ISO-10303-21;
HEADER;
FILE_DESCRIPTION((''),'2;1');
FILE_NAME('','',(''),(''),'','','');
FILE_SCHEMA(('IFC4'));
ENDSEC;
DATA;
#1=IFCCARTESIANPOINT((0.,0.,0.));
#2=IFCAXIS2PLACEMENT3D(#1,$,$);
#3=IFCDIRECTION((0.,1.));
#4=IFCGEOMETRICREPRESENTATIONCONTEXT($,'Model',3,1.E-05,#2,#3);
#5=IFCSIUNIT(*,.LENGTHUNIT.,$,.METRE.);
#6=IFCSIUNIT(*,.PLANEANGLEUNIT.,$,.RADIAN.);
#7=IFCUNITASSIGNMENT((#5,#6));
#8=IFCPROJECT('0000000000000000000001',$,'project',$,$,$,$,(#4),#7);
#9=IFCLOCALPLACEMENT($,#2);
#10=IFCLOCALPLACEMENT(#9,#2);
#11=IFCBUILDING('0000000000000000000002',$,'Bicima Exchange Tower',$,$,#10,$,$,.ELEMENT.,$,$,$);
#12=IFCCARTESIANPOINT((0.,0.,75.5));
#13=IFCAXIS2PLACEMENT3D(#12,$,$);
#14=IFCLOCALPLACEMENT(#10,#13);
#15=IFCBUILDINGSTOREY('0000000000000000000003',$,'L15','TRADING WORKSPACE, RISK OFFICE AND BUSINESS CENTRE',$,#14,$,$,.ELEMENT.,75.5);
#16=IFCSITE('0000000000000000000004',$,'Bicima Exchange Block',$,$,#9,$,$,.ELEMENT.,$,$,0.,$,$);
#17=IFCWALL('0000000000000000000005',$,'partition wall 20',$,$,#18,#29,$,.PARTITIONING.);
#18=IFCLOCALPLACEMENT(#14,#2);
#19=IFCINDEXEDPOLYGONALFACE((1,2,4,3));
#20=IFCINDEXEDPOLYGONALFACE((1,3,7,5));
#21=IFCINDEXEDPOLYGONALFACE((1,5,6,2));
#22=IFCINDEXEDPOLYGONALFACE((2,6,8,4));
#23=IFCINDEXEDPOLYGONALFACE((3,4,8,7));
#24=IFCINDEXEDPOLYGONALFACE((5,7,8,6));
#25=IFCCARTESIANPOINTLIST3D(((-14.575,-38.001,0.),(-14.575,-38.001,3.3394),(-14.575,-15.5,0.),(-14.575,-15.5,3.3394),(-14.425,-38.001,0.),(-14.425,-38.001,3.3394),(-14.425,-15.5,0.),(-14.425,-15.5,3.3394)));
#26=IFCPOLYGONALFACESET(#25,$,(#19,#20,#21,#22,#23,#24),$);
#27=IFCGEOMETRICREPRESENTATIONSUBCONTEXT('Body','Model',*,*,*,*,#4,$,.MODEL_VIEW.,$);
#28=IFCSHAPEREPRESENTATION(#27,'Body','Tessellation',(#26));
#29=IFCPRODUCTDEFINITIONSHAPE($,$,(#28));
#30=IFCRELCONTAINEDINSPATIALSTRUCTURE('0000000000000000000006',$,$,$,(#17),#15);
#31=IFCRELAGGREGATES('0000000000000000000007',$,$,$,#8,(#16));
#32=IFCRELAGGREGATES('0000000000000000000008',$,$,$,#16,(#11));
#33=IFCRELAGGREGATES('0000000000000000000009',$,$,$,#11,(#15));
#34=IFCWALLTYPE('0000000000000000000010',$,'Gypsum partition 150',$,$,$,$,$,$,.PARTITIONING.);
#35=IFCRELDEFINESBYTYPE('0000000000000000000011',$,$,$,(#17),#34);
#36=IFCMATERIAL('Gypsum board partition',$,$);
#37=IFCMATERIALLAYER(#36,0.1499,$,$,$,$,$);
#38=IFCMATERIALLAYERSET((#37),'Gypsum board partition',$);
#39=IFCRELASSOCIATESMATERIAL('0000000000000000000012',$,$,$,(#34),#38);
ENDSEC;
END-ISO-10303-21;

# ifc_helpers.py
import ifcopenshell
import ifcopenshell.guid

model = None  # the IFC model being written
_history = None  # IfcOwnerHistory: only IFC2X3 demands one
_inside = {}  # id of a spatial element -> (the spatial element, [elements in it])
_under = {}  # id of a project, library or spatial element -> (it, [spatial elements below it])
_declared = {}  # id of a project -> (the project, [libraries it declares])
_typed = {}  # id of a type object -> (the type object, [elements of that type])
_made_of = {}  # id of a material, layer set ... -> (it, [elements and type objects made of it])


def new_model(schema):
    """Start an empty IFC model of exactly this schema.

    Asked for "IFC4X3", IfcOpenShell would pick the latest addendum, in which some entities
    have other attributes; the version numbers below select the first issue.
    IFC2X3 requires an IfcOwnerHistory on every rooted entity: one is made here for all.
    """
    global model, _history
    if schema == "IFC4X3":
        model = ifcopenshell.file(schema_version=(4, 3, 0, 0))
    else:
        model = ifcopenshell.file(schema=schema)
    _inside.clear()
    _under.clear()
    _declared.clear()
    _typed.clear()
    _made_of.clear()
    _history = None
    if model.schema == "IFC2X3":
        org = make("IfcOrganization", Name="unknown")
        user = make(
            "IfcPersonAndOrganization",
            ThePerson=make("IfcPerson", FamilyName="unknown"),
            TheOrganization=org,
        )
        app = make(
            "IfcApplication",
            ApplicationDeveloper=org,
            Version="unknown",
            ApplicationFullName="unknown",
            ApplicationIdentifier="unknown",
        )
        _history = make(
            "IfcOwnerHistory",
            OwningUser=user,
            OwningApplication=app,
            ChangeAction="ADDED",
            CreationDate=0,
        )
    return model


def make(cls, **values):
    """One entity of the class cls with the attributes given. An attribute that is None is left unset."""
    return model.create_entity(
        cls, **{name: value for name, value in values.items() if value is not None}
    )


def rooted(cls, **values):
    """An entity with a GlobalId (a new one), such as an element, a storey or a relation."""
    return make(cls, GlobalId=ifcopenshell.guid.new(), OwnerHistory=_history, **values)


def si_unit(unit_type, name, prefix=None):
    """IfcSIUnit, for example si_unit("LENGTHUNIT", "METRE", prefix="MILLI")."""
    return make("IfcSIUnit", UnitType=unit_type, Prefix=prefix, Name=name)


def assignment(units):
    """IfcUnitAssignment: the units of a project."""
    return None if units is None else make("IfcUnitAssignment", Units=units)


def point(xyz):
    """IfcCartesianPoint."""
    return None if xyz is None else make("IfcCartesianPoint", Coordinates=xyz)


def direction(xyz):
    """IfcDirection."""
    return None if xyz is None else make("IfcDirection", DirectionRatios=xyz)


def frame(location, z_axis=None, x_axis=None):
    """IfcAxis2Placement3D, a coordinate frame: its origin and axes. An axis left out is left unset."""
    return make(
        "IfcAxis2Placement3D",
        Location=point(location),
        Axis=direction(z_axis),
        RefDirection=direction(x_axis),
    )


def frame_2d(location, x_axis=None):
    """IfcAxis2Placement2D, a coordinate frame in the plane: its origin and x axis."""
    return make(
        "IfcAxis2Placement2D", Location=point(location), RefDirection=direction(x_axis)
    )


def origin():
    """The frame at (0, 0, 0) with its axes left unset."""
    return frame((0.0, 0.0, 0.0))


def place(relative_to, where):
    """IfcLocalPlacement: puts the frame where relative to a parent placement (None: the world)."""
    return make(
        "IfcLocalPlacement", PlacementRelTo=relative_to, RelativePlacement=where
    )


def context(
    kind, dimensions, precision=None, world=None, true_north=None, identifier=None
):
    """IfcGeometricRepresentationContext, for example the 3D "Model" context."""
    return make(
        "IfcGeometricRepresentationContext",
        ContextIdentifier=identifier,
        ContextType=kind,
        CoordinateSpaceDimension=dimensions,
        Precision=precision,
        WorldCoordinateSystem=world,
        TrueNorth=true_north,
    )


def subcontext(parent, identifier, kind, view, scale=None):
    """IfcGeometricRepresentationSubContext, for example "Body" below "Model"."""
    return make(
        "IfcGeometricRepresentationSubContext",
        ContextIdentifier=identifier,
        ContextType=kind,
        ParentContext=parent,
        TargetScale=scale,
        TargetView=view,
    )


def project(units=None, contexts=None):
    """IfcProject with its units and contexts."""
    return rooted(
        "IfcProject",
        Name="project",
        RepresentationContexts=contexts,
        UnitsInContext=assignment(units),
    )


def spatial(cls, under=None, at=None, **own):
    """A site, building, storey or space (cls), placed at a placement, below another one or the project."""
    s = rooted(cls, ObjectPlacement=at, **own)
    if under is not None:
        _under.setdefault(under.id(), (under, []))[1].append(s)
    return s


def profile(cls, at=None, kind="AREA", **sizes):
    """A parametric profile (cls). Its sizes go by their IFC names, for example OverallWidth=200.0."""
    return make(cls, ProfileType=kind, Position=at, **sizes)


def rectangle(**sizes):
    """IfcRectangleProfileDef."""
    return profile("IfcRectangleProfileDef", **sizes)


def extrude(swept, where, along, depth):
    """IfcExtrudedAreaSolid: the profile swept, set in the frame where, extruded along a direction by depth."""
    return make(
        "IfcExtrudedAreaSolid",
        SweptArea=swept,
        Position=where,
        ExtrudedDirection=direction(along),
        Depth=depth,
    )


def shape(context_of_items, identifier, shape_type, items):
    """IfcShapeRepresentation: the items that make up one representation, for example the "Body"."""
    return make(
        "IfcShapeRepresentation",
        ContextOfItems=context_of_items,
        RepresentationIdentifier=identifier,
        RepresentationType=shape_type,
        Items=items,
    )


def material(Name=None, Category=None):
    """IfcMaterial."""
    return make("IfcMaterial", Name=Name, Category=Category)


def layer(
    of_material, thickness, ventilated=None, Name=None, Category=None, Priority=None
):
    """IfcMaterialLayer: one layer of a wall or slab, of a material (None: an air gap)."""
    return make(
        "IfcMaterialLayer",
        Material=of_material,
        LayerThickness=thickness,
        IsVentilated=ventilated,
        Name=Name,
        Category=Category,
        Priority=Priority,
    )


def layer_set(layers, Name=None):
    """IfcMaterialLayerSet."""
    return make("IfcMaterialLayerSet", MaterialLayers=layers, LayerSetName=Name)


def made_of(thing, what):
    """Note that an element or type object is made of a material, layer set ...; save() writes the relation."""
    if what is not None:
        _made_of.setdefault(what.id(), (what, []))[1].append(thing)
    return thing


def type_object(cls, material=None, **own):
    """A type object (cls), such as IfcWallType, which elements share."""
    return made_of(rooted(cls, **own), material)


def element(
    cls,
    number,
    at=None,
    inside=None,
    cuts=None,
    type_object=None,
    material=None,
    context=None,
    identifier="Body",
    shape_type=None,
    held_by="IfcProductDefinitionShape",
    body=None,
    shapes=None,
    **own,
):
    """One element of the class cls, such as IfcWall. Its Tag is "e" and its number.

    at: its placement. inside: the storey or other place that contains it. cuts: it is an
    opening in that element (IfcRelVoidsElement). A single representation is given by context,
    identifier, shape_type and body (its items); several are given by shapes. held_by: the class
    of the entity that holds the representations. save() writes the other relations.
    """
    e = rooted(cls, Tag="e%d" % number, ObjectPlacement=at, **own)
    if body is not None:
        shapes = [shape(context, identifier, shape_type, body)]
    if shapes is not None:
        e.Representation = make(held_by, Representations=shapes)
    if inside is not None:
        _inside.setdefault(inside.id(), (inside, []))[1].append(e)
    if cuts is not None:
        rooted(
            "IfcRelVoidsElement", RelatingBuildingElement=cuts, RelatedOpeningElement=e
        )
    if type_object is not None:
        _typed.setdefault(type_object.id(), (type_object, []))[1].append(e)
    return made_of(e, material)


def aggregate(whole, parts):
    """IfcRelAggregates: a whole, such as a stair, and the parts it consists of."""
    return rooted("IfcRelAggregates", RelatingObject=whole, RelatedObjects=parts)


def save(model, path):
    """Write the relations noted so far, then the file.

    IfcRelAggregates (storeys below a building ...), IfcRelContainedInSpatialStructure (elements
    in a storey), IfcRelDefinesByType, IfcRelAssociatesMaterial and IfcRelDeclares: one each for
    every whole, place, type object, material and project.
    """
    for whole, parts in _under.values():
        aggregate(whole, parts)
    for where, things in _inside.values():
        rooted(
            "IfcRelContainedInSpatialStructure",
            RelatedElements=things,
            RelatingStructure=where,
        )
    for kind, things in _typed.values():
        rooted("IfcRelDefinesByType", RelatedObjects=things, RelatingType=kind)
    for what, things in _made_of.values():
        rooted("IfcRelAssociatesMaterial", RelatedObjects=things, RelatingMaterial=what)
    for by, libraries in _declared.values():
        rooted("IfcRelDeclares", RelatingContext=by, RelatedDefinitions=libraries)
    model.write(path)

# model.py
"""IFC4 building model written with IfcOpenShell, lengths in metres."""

from ifc_helpers import new_model, si_unit, direction, frame, frame_2d, origin, place, context, subcontext, project, spatial, rectangle, extrude, material, layer, layer_set, type_object, element, save


model = new_model("IFC4")

# Units and contexts
model_context = context("Model", 3, precision=1e-05, world=origin(), true_north=direction((0.0, 1.0)))
body_context = subcontext(model_context, "Body", "Model", "MODEL_VIEW")
ifc_project = project(units=[si_unit("LENGTHUNIT", "METRE"), si_unit("PLANEANGLEUNIT", "RADIAN")], contexts=[model_context])

# Site, building, storey
site_placement = place(None, origin())
site = spatial("IfcSite", under=ifc_project, at=site_placement, Name="Bicima Exchange Block", CompositionType="ELEMENT", RefElevation=0.0)
building_placement = place(site_placement, origin())
building = spatial("IfcBuilding", under=site, at=building_placement, Name="Bicima Exchange Tower", CompositionType="ELEMENT")
storey_placement = place(building_placement, frame((0.0, 0.0, 75.5)))
storey = spatial("IfcBuildingStorey", under=building, at=storey_placement, Name="L15", Description="TRADING WORKSPACE, RISK OFFICE AND BUSINESS CENTRE", CompositionType="ELEMENT", Elevation=75.5)

# Wall
ifc_material_1 = material(Name="Gypsum board partition")
ifc_layer_1 = layer(ifc_material_1, 0.1499)
ifc_layer_set_1 = layer_set([ifc_layer_1], Name="Gypsum board partition")
wall_type = type_object("IfcWallType", Name="Gypsum partition 150", PredefinedType="PARTITIONING", material=ifc_layer_set_1)
wall_1_placement = place(storey_placement, frame((-14.5, -38.001, 0.0), z_axis=(0.0, 0.0, 1.0), x_axis=(0.0, 1.0, 0.0)))
element("IfcWall", 1, at=wall_1_placement, inside=storey, type_object=wall_type, Name="partition wall 20", PredefinedType="PARTITIONING", context=body_context, shape_type="SweptSolid", body=[
    extrude(rectangle(XDim=22.501, YDim=0.1499, at=frame_2d((11.2505, 0.0))), origin(), (0.0, 0.0, 1.0), 3.3394),
])

save(model, "model.ifc")
